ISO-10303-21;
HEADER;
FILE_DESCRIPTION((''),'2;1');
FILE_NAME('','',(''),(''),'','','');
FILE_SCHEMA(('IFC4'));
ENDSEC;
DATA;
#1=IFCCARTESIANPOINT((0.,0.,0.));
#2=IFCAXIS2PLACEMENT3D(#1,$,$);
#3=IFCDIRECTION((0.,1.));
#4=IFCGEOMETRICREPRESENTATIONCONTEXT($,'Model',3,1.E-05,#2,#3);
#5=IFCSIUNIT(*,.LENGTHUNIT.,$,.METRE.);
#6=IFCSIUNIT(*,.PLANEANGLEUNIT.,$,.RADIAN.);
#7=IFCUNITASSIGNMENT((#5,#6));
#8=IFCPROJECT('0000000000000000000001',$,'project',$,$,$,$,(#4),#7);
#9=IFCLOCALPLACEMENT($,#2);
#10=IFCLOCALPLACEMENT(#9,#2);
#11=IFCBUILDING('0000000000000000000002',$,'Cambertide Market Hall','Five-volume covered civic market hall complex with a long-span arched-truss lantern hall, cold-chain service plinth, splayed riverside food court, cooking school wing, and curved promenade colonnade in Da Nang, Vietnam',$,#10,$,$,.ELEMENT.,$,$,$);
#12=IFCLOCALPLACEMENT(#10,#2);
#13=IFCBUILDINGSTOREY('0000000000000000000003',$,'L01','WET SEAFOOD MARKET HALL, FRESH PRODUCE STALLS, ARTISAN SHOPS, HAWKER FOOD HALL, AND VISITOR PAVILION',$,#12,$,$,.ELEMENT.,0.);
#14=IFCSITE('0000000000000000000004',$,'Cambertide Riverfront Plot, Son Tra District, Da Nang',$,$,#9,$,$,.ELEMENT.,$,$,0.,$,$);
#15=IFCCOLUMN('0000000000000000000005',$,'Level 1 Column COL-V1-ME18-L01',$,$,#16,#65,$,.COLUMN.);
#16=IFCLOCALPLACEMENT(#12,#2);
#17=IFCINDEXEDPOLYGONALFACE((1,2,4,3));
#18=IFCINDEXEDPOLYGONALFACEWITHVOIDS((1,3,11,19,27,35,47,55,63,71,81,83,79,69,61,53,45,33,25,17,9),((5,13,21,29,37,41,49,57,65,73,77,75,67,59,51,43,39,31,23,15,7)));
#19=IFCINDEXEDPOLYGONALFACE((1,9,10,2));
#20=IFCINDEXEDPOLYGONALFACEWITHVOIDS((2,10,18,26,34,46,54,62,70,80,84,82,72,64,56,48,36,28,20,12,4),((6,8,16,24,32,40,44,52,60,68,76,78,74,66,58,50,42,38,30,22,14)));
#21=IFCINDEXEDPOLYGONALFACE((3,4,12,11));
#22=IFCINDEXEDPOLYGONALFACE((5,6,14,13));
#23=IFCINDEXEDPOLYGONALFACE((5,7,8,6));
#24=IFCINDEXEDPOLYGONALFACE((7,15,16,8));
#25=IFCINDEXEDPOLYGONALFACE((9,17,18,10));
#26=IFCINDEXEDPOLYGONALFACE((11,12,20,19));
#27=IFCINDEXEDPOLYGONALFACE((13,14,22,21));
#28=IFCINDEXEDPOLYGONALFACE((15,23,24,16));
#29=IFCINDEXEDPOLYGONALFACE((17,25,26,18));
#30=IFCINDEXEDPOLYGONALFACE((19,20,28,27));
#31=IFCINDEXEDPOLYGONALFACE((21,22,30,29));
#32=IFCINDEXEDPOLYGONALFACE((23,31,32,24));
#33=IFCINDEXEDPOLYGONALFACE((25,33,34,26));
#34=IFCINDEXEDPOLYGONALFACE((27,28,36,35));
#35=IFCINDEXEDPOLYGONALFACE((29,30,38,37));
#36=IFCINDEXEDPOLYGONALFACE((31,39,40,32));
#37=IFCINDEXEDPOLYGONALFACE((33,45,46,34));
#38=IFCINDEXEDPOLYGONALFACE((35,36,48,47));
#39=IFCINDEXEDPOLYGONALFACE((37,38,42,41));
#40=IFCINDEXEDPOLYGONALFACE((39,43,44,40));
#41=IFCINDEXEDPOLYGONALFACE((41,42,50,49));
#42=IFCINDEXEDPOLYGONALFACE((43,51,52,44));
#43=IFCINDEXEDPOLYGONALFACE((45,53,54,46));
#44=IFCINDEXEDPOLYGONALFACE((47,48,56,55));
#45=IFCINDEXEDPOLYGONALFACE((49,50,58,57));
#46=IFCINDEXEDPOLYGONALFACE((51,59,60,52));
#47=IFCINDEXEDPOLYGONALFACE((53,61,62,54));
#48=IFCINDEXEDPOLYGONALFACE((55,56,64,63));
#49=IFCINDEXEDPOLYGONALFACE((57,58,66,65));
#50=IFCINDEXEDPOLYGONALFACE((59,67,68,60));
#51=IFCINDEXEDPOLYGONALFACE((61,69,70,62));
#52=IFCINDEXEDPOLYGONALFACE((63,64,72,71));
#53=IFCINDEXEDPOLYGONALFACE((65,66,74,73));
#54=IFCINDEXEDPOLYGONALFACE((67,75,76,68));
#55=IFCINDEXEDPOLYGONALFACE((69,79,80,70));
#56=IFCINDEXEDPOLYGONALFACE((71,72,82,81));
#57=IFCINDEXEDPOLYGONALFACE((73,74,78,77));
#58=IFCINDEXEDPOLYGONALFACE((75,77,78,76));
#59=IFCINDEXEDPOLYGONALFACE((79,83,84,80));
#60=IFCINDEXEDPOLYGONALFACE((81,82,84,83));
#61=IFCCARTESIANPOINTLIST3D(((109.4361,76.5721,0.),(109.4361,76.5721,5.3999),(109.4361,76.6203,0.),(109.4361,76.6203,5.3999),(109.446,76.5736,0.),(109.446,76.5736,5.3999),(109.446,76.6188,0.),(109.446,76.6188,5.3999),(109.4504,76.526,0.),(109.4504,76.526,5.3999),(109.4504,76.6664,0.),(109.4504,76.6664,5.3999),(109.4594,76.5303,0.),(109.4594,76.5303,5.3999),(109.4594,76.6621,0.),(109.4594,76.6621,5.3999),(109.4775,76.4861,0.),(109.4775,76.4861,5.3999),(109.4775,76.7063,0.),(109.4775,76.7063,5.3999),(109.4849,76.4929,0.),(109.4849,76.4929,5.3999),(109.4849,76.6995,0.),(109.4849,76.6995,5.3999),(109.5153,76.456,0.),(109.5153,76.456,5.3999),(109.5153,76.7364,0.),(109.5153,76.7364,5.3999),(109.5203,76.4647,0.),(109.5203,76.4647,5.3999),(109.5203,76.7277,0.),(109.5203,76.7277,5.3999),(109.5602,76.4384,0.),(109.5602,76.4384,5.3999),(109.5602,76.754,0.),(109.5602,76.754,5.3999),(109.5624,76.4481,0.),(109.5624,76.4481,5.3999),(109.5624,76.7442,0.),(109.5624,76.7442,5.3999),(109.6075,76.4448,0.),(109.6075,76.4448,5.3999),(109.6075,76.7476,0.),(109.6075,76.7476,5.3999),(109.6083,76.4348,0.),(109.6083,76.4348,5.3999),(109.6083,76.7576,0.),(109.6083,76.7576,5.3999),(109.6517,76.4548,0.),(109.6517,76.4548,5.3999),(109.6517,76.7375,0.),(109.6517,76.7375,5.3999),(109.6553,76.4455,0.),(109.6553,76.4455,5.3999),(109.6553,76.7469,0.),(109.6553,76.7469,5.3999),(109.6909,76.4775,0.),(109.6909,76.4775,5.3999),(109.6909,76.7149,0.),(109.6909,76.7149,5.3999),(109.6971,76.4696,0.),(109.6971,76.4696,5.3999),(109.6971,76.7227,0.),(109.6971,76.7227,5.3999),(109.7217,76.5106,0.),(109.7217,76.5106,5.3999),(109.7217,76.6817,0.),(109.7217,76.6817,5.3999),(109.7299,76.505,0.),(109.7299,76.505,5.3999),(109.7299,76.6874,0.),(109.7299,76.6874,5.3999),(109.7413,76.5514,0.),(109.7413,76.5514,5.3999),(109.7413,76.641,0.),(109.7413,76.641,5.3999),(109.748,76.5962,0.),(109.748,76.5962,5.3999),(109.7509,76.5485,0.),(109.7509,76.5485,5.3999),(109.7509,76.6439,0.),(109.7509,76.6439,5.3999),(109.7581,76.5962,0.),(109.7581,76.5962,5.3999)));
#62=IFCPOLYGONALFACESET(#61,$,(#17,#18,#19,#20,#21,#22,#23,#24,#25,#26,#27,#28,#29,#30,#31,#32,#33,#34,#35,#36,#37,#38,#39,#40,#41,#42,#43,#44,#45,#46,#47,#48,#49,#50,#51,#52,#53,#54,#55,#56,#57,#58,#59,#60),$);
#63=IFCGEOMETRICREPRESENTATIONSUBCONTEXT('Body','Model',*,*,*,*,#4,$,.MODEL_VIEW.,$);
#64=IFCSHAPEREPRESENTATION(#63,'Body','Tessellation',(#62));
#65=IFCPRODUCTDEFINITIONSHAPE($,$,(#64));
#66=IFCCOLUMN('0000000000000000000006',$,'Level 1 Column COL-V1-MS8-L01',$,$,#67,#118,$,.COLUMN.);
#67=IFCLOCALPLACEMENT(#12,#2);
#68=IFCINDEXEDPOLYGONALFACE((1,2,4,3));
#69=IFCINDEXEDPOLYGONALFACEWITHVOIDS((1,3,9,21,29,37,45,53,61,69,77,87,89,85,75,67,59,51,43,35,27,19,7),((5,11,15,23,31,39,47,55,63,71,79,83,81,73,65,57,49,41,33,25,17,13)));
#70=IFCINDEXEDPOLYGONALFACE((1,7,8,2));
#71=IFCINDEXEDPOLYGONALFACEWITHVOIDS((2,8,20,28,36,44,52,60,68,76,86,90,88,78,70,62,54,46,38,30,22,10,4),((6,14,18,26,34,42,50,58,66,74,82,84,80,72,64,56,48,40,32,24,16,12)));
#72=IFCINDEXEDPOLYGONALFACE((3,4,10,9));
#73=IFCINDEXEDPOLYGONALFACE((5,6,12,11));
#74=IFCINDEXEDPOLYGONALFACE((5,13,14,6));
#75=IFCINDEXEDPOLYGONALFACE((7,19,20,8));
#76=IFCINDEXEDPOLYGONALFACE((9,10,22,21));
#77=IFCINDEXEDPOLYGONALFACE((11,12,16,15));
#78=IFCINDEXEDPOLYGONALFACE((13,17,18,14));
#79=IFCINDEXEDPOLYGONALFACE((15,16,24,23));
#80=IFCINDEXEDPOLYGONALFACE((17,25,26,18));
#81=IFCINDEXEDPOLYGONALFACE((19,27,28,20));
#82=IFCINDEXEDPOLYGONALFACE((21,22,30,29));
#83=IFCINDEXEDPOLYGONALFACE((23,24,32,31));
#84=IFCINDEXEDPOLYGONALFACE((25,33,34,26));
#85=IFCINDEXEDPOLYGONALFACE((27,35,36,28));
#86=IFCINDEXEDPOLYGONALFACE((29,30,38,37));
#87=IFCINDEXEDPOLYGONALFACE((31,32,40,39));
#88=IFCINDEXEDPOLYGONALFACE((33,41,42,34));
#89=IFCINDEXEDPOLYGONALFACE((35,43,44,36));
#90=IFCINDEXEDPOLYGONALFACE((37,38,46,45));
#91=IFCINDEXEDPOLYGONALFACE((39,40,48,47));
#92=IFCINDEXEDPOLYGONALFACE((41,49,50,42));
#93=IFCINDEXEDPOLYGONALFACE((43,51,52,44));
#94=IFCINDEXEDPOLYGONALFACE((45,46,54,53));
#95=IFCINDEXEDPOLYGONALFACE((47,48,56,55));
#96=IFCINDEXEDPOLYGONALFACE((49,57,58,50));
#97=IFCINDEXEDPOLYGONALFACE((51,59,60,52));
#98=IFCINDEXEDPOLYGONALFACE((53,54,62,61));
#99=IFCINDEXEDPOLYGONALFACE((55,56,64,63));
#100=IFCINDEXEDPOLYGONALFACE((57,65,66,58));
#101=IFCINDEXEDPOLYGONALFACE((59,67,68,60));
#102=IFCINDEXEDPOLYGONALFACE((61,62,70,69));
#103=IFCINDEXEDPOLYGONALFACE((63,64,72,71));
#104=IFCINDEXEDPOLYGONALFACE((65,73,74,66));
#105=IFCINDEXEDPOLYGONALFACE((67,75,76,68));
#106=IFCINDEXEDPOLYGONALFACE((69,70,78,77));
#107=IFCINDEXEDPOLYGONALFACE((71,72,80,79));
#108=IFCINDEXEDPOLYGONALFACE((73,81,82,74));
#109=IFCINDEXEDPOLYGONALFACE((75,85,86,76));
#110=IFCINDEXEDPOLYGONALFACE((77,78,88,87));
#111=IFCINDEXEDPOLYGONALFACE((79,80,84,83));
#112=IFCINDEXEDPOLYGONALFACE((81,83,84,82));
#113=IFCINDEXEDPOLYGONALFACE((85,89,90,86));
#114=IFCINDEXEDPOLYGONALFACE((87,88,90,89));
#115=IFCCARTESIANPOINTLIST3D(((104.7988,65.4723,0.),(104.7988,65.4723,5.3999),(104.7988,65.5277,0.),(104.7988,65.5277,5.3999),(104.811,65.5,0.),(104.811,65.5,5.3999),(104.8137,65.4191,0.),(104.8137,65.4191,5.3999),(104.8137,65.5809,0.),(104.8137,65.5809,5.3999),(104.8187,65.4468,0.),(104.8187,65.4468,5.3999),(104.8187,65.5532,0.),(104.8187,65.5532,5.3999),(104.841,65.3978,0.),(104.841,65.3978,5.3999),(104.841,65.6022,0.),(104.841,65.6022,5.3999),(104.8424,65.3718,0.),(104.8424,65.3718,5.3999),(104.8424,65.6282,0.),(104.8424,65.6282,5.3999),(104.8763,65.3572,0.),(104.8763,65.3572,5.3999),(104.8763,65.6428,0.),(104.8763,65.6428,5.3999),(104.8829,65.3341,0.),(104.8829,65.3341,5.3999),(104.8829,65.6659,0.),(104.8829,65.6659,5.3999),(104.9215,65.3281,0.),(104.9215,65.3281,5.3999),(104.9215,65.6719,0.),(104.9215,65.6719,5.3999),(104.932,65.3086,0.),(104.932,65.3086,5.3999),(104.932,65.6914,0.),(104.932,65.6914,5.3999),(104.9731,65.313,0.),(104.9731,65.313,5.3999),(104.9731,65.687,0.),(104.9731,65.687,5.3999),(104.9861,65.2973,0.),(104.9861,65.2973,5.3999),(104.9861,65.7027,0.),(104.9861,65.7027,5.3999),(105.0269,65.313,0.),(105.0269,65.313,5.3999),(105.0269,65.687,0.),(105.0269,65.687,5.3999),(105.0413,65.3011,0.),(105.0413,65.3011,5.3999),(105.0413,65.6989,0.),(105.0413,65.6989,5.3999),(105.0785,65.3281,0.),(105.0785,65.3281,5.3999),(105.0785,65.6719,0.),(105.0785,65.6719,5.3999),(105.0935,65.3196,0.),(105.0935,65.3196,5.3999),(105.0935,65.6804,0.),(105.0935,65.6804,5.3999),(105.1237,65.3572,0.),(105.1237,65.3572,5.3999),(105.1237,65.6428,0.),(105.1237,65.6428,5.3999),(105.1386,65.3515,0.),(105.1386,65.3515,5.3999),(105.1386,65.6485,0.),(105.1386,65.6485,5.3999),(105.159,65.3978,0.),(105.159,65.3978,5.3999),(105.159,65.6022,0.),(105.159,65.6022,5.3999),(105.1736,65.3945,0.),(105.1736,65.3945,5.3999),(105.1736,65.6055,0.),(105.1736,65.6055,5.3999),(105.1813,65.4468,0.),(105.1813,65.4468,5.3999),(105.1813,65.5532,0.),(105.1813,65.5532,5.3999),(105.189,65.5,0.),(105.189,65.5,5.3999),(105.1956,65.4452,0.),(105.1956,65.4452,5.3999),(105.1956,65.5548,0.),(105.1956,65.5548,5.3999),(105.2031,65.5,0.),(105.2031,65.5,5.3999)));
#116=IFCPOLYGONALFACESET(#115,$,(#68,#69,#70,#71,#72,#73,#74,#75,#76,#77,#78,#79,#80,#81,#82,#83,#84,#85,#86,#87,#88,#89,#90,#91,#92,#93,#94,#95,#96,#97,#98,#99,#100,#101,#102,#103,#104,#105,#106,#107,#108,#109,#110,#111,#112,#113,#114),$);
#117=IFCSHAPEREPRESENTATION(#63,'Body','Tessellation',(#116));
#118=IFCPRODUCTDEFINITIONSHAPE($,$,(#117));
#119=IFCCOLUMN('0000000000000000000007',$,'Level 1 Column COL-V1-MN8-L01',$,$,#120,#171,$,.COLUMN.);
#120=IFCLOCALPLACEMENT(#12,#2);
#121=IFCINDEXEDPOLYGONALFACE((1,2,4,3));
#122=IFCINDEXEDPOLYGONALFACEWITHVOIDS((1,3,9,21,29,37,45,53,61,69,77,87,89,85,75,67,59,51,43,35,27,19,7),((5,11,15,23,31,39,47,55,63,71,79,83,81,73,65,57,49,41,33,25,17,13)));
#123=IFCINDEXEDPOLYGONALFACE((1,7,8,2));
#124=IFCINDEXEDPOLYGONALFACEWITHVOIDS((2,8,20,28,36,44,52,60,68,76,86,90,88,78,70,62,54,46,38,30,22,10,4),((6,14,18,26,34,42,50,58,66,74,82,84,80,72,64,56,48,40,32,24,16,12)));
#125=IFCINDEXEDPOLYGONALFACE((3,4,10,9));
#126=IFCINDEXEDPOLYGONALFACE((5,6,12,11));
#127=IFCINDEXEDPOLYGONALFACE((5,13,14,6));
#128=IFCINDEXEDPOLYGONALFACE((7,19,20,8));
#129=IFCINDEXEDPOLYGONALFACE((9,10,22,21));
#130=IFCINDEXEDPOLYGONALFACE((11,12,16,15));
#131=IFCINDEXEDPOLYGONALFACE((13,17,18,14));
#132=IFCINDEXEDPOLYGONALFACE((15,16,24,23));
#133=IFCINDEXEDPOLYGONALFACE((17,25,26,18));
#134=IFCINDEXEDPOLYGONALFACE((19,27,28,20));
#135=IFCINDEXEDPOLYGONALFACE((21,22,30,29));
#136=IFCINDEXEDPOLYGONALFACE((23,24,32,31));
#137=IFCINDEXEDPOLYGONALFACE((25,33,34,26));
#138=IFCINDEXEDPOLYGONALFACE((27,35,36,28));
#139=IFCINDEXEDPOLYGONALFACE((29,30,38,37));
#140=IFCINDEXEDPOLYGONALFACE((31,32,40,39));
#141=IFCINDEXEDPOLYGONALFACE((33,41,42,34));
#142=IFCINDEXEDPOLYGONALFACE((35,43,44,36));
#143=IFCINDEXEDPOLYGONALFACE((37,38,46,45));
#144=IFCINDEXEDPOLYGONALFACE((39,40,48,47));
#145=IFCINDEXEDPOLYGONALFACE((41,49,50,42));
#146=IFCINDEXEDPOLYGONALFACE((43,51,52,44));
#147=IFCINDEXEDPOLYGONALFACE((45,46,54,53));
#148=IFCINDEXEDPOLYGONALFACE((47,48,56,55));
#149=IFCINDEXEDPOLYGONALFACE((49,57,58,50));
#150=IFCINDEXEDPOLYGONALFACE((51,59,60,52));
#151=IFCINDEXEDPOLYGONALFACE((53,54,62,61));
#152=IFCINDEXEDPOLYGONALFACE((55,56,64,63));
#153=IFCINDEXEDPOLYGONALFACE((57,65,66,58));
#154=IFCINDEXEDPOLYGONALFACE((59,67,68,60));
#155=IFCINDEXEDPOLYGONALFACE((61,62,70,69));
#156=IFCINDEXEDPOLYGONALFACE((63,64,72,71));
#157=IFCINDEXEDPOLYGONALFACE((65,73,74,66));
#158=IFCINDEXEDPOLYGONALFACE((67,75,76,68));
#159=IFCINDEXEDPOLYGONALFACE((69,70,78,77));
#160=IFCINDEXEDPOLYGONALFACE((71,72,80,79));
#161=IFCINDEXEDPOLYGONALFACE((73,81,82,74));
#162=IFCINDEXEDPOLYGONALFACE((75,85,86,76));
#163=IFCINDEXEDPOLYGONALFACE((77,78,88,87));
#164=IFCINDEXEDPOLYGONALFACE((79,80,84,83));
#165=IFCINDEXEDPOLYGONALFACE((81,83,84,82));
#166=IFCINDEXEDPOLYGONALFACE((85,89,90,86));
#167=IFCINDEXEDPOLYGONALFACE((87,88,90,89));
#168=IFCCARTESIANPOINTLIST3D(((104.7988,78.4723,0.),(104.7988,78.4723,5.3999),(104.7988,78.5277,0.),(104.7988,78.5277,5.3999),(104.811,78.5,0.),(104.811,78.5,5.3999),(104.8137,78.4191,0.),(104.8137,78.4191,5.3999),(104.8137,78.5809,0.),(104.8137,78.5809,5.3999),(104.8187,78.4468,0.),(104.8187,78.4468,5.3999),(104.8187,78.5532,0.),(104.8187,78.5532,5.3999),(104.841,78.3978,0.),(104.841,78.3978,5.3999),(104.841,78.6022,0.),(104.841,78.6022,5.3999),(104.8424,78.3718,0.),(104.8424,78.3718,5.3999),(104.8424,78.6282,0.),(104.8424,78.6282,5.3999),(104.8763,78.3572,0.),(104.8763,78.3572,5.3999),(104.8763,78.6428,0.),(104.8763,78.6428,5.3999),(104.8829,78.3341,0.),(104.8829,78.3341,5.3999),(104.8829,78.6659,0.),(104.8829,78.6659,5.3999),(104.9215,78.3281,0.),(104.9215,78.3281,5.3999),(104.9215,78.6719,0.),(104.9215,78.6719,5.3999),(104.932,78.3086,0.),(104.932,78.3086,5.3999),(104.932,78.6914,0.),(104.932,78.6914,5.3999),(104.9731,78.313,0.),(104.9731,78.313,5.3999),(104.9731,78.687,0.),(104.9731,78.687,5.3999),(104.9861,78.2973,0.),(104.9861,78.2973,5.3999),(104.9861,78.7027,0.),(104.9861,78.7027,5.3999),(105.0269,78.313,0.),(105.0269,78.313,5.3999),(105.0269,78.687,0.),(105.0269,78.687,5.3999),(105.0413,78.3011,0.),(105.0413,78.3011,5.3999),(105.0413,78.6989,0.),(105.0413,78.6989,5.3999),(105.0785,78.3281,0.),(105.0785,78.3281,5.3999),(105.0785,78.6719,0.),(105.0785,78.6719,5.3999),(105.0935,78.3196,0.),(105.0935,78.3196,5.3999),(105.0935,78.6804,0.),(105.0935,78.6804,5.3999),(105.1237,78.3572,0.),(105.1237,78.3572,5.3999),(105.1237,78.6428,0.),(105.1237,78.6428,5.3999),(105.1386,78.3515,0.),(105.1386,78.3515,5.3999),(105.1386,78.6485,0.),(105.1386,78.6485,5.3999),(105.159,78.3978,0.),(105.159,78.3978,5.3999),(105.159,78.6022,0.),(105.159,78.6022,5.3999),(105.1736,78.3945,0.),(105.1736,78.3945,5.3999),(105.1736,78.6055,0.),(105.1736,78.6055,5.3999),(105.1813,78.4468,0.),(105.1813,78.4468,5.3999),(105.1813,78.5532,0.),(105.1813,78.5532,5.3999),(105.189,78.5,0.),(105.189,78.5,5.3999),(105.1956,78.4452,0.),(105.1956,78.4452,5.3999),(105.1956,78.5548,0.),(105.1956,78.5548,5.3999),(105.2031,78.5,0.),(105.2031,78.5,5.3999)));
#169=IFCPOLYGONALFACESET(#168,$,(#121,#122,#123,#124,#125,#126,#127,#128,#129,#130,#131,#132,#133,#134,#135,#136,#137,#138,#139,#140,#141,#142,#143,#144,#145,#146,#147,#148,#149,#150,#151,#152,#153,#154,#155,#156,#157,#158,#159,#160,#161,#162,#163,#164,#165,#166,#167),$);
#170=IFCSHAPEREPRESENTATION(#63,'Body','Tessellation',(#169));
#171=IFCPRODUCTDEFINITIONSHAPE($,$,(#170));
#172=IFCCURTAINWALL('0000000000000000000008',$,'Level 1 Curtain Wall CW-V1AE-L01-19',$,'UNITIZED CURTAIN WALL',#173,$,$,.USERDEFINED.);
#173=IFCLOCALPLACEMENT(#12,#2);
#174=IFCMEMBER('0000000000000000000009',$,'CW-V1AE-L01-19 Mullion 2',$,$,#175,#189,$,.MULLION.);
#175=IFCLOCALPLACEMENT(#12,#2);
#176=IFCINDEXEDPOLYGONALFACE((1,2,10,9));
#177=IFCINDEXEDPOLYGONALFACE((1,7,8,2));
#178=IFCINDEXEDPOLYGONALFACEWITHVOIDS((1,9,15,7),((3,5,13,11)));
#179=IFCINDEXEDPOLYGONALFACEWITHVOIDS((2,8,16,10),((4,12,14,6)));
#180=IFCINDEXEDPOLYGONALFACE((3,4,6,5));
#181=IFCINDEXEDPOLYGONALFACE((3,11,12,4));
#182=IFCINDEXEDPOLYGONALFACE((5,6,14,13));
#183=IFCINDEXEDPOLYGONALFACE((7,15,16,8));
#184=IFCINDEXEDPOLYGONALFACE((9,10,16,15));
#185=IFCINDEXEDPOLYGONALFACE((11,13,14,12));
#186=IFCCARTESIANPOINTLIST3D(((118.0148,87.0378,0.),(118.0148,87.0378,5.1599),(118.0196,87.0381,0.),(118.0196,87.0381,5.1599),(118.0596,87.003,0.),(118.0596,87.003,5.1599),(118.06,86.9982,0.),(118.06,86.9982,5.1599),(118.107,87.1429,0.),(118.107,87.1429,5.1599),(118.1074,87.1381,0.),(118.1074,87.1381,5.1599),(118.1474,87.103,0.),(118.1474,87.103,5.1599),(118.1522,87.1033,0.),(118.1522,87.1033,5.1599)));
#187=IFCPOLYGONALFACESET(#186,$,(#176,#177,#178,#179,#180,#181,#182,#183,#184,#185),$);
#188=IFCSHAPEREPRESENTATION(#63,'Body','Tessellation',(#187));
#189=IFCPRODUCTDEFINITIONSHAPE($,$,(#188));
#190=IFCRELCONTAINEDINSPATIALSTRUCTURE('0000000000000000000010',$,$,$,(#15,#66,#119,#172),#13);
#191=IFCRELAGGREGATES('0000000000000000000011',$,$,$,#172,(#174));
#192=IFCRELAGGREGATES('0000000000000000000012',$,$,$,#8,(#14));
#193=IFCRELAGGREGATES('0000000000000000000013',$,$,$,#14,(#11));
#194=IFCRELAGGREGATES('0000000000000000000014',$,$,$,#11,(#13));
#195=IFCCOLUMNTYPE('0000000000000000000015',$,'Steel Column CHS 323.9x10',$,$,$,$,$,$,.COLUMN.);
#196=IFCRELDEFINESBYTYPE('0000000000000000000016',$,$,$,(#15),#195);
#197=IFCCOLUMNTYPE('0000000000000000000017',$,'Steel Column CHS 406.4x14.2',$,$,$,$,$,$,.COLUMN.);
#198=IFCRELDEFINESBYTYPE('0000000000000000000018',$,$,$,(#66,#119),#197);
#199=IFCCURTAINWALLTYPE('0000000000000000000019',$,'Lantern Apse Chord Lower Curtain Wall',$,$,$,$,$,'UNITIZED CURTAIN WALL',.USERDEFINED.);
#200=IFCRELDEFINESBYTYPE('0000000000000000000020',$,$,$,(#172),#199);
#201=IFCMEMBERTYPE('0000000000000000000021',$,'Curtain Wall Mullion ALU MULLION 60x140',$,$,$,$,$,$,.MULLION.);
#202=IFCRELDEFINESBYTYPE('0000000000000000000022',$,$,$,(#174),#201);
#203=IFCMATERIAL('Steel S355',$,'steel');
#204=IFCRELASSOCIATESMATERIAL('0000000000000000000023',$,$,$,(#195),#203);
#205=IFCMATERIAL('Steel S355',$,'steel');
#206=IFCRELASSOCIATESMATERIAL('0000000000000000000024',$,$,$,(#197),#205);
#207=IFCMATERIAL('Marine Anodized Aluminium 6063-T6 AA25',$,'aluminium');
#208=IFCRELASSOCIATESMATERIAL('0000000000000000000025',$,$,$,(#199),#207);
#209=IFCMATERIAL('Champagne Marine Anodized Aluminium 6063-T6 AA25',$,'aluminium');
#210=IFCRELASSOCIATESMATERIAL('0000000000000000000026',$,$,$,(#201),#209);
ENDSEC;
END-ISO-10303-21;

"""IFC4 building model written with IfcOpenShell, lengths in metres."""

from ifc_helpers import new_model, si_unit, direction, frame, origin, origin_2d, place, context, subcontext, project, spatial, hollow_rectangle, hollow_circle, extrude, material, material_profile, profile_set, type_object, element, aggregate, save


model = new_model("IFC4")

# Units and contexts
model_context = context("Model", 3, precision=1e-05, world=origin(), true_north=direction((0.0, 1.0)))
body_context = subcontext(model_context, "Body", "Model", "MODEL_VIEW")
ifc_project = project(units=[si_unit("LENGTHUNIT", "METRE"), si_unit("PLANEANGLEUNIT", "RADIAN")], contexts=[model_context])

# Site, building, storey
site_placement = place(None, origin())
site = spatial("IfcSite", under=ifc_project, at=site_placement, Name="Cambertide Riverfront Plot, Son Tra District, Da Nang", CompositionType="ELEMENT", RefElevation=0.0)
building_placement = place(site_placement, origin())
building = spatial("IfcBuilding", under=site, at=building_placement, Name="Cambertide Market Hall", Description="Five-volume covered civic market hall complex with a long-span arched-truss lantern hall, cold-chain service plinth, splayed riverside food court, cooking school wing, and curved promenade colonnade in Da Nang, Vietnam", CompositionType="ELEMENT")
storey_placement = place(building_placement, origin())
storey = spatial("IfcBuildingStorey", under=building, at=storey_placement, Name="L01", Description="WET SEAFOOD MARKET HALL, FRESH PRODUCE STALLS, ARTISAN SHOPS, HAWKER FOOD HALL, AND VISITOR PAVILION", CompositionType="ELEMENT", Elevation=0.0)

# Columns
ifc_material_1 = material(Name="Steel S355", Category="steel")
ifc_material_profile_1 = material_profile(ifc_material_1, hollow_circle(Radius=0.1619, WallThickness=0.01, at=origin_2d()), Name="CHS 323.9x10")
ifc_profile_set_1 = profile_set([ifc_material_profile_1], Name="Steel S355")
column_type_1 = type_object("IfcColumnType", Name="Steel Column CHS 323.9x10", PredefinedType="COLUMN", material=ifc_profile_set_1)
for number, where, z_axis, x_axis, name in (
    (1, (109.5962, 76.5962, 0.0), (0.0, 0.0, 1.0), (1.0, 0.0, 0.0), "Level 1 Column COL-V1-ME18-L01"),
):
    element("IfcColumn", number, at=place(storey_placement, frame(where, z_axis=z_axis, x_axis=x_axis)), inside=storey, type_object=column_type_1, Name=name, PredefinedType="COLUMN", context=body_context, shape_type="SweptSolid", body=[
        extrude(hollow_circle(Radius=0.1619, WallThickness=0.01, at=origin_2d()), origin(), (0.0, 0.0, 1.0), 5.3999),
    ])
ifc_material_2 = material(Name="Steel S355", Category="steel")
ifc_material_profile_2 = material_profile(ifc_material_2, hollow_circle(Radius=0.2031, WallThickness=0.0142, at=origin_2d()), Name="CHS 406.4x14.2")
ifc_profile_set_2 = profile_set([ifc_material_profile_2], Name="Steel S355")
column_type_2 = type_object("IfcColumnType", Name="Steel Column CHS 406.4x14.2", PredefinedType="COLUMN", material=ifc_profile_set_2)
for number, where, z_axis, x_axis, name in (
    (2, (105.0, 65.5, 0.0), (0.0, 0.0, 1.0), (1.0, 0.0, 0.0), "Level 1 Column COL-V1-MS8-L01"),
    (3, (105.0, 78.5, 0.0), (0.0, 0.0, 1.0), (1.0, 0.0, 0.0), "Level 1 Column COL-V1-MN8-L01"),
):
    element("IfcColumn", number, at=place(storey_placement, frame(where, z_axis=z_axis, x_axis=x_axis)), inside=storey, type_object=column_type_2, Name=name, PredefinedType="COLUMN", context=body_context, shape_type="SweptSolid", body=[
        extrude(hollow_circle(Radius=0.2031, WallThickness=0.0142, at=origin_2d()), origin(), (0.0, 0.0, 1.0), 5.3999),
    ])

# Curtain wall, member
ifc_material_3 = material(Name="Marine Anodized Aluminium 6063-T6 AA25", Category="aluminium")
curtain_wall_type = type_object("IfcCurtainWallType", Name="Lantern Apse Chord Lower Curtain Wall", ElementType="UNITIZED CURTAIN WALL", PredefinedType="USERDEFINED", material=ifc_material_3)
curtain_wall_placement = place(storey_placement, origin())
curtain_wall = element("IfcCurtainWall", 4, at=curtain_wall_placement, inside=storey, type_object=curtain_wall_type, Name="Level 1 Curtain Wall CW-V1AE-L01-19", ObjectType="UNITIZED CURTAIN WALL", PredefinedType="USERDEFINED")
ifc_material_4 = material(Name="Champagne Marine Anodized Aluminium 6063-T6 AA25", Category="aluminium")
ifc_material_profile_3 = material_profile(ifc_material_4, hollow_rectangle(XDim=0.0601, YDim=0.1399, WallThickness=0.0034, at=origin_2d()), Name="ALU MULLION 60x140")
ifc_profile_set_3 = profile_set([ifc_material_profile_3], Name="Champagne Marine Anodized Aluminium 6063-T6 AA25")
member_type_1 = type_object("IfcMemberType", Name="Curtain Wall Mullion ALU MULLION 60x140", PredefinedType="MULLION", material=ifc_profile_set_3)
member_1_placement = place(storey_placement, frame((118.0835, 87.0706, 0.0), z_axis=(0.0, 0.0, 1.0), x_axis=(0.75184, -0.659346, 0.0)))
member_1 = element("IfcMember", 5, at=member_1_placement, type_object=member_type_1, Name="CW-V1AE-L01-19 Mullion 2", PredefinedType="MULLION", context=body_context, shape_type="SweptSolid", body=[
    extrude(hollow_rectangle(XDim=0.0601, YDim=0.1399, WallThickness=0.0034, at=origin_2d()), origin(), (0.0, 0.0, 1.0), 5.1599),
])

aggregate(curtain_wall, [member_1])

save(model, "model.ifc")
